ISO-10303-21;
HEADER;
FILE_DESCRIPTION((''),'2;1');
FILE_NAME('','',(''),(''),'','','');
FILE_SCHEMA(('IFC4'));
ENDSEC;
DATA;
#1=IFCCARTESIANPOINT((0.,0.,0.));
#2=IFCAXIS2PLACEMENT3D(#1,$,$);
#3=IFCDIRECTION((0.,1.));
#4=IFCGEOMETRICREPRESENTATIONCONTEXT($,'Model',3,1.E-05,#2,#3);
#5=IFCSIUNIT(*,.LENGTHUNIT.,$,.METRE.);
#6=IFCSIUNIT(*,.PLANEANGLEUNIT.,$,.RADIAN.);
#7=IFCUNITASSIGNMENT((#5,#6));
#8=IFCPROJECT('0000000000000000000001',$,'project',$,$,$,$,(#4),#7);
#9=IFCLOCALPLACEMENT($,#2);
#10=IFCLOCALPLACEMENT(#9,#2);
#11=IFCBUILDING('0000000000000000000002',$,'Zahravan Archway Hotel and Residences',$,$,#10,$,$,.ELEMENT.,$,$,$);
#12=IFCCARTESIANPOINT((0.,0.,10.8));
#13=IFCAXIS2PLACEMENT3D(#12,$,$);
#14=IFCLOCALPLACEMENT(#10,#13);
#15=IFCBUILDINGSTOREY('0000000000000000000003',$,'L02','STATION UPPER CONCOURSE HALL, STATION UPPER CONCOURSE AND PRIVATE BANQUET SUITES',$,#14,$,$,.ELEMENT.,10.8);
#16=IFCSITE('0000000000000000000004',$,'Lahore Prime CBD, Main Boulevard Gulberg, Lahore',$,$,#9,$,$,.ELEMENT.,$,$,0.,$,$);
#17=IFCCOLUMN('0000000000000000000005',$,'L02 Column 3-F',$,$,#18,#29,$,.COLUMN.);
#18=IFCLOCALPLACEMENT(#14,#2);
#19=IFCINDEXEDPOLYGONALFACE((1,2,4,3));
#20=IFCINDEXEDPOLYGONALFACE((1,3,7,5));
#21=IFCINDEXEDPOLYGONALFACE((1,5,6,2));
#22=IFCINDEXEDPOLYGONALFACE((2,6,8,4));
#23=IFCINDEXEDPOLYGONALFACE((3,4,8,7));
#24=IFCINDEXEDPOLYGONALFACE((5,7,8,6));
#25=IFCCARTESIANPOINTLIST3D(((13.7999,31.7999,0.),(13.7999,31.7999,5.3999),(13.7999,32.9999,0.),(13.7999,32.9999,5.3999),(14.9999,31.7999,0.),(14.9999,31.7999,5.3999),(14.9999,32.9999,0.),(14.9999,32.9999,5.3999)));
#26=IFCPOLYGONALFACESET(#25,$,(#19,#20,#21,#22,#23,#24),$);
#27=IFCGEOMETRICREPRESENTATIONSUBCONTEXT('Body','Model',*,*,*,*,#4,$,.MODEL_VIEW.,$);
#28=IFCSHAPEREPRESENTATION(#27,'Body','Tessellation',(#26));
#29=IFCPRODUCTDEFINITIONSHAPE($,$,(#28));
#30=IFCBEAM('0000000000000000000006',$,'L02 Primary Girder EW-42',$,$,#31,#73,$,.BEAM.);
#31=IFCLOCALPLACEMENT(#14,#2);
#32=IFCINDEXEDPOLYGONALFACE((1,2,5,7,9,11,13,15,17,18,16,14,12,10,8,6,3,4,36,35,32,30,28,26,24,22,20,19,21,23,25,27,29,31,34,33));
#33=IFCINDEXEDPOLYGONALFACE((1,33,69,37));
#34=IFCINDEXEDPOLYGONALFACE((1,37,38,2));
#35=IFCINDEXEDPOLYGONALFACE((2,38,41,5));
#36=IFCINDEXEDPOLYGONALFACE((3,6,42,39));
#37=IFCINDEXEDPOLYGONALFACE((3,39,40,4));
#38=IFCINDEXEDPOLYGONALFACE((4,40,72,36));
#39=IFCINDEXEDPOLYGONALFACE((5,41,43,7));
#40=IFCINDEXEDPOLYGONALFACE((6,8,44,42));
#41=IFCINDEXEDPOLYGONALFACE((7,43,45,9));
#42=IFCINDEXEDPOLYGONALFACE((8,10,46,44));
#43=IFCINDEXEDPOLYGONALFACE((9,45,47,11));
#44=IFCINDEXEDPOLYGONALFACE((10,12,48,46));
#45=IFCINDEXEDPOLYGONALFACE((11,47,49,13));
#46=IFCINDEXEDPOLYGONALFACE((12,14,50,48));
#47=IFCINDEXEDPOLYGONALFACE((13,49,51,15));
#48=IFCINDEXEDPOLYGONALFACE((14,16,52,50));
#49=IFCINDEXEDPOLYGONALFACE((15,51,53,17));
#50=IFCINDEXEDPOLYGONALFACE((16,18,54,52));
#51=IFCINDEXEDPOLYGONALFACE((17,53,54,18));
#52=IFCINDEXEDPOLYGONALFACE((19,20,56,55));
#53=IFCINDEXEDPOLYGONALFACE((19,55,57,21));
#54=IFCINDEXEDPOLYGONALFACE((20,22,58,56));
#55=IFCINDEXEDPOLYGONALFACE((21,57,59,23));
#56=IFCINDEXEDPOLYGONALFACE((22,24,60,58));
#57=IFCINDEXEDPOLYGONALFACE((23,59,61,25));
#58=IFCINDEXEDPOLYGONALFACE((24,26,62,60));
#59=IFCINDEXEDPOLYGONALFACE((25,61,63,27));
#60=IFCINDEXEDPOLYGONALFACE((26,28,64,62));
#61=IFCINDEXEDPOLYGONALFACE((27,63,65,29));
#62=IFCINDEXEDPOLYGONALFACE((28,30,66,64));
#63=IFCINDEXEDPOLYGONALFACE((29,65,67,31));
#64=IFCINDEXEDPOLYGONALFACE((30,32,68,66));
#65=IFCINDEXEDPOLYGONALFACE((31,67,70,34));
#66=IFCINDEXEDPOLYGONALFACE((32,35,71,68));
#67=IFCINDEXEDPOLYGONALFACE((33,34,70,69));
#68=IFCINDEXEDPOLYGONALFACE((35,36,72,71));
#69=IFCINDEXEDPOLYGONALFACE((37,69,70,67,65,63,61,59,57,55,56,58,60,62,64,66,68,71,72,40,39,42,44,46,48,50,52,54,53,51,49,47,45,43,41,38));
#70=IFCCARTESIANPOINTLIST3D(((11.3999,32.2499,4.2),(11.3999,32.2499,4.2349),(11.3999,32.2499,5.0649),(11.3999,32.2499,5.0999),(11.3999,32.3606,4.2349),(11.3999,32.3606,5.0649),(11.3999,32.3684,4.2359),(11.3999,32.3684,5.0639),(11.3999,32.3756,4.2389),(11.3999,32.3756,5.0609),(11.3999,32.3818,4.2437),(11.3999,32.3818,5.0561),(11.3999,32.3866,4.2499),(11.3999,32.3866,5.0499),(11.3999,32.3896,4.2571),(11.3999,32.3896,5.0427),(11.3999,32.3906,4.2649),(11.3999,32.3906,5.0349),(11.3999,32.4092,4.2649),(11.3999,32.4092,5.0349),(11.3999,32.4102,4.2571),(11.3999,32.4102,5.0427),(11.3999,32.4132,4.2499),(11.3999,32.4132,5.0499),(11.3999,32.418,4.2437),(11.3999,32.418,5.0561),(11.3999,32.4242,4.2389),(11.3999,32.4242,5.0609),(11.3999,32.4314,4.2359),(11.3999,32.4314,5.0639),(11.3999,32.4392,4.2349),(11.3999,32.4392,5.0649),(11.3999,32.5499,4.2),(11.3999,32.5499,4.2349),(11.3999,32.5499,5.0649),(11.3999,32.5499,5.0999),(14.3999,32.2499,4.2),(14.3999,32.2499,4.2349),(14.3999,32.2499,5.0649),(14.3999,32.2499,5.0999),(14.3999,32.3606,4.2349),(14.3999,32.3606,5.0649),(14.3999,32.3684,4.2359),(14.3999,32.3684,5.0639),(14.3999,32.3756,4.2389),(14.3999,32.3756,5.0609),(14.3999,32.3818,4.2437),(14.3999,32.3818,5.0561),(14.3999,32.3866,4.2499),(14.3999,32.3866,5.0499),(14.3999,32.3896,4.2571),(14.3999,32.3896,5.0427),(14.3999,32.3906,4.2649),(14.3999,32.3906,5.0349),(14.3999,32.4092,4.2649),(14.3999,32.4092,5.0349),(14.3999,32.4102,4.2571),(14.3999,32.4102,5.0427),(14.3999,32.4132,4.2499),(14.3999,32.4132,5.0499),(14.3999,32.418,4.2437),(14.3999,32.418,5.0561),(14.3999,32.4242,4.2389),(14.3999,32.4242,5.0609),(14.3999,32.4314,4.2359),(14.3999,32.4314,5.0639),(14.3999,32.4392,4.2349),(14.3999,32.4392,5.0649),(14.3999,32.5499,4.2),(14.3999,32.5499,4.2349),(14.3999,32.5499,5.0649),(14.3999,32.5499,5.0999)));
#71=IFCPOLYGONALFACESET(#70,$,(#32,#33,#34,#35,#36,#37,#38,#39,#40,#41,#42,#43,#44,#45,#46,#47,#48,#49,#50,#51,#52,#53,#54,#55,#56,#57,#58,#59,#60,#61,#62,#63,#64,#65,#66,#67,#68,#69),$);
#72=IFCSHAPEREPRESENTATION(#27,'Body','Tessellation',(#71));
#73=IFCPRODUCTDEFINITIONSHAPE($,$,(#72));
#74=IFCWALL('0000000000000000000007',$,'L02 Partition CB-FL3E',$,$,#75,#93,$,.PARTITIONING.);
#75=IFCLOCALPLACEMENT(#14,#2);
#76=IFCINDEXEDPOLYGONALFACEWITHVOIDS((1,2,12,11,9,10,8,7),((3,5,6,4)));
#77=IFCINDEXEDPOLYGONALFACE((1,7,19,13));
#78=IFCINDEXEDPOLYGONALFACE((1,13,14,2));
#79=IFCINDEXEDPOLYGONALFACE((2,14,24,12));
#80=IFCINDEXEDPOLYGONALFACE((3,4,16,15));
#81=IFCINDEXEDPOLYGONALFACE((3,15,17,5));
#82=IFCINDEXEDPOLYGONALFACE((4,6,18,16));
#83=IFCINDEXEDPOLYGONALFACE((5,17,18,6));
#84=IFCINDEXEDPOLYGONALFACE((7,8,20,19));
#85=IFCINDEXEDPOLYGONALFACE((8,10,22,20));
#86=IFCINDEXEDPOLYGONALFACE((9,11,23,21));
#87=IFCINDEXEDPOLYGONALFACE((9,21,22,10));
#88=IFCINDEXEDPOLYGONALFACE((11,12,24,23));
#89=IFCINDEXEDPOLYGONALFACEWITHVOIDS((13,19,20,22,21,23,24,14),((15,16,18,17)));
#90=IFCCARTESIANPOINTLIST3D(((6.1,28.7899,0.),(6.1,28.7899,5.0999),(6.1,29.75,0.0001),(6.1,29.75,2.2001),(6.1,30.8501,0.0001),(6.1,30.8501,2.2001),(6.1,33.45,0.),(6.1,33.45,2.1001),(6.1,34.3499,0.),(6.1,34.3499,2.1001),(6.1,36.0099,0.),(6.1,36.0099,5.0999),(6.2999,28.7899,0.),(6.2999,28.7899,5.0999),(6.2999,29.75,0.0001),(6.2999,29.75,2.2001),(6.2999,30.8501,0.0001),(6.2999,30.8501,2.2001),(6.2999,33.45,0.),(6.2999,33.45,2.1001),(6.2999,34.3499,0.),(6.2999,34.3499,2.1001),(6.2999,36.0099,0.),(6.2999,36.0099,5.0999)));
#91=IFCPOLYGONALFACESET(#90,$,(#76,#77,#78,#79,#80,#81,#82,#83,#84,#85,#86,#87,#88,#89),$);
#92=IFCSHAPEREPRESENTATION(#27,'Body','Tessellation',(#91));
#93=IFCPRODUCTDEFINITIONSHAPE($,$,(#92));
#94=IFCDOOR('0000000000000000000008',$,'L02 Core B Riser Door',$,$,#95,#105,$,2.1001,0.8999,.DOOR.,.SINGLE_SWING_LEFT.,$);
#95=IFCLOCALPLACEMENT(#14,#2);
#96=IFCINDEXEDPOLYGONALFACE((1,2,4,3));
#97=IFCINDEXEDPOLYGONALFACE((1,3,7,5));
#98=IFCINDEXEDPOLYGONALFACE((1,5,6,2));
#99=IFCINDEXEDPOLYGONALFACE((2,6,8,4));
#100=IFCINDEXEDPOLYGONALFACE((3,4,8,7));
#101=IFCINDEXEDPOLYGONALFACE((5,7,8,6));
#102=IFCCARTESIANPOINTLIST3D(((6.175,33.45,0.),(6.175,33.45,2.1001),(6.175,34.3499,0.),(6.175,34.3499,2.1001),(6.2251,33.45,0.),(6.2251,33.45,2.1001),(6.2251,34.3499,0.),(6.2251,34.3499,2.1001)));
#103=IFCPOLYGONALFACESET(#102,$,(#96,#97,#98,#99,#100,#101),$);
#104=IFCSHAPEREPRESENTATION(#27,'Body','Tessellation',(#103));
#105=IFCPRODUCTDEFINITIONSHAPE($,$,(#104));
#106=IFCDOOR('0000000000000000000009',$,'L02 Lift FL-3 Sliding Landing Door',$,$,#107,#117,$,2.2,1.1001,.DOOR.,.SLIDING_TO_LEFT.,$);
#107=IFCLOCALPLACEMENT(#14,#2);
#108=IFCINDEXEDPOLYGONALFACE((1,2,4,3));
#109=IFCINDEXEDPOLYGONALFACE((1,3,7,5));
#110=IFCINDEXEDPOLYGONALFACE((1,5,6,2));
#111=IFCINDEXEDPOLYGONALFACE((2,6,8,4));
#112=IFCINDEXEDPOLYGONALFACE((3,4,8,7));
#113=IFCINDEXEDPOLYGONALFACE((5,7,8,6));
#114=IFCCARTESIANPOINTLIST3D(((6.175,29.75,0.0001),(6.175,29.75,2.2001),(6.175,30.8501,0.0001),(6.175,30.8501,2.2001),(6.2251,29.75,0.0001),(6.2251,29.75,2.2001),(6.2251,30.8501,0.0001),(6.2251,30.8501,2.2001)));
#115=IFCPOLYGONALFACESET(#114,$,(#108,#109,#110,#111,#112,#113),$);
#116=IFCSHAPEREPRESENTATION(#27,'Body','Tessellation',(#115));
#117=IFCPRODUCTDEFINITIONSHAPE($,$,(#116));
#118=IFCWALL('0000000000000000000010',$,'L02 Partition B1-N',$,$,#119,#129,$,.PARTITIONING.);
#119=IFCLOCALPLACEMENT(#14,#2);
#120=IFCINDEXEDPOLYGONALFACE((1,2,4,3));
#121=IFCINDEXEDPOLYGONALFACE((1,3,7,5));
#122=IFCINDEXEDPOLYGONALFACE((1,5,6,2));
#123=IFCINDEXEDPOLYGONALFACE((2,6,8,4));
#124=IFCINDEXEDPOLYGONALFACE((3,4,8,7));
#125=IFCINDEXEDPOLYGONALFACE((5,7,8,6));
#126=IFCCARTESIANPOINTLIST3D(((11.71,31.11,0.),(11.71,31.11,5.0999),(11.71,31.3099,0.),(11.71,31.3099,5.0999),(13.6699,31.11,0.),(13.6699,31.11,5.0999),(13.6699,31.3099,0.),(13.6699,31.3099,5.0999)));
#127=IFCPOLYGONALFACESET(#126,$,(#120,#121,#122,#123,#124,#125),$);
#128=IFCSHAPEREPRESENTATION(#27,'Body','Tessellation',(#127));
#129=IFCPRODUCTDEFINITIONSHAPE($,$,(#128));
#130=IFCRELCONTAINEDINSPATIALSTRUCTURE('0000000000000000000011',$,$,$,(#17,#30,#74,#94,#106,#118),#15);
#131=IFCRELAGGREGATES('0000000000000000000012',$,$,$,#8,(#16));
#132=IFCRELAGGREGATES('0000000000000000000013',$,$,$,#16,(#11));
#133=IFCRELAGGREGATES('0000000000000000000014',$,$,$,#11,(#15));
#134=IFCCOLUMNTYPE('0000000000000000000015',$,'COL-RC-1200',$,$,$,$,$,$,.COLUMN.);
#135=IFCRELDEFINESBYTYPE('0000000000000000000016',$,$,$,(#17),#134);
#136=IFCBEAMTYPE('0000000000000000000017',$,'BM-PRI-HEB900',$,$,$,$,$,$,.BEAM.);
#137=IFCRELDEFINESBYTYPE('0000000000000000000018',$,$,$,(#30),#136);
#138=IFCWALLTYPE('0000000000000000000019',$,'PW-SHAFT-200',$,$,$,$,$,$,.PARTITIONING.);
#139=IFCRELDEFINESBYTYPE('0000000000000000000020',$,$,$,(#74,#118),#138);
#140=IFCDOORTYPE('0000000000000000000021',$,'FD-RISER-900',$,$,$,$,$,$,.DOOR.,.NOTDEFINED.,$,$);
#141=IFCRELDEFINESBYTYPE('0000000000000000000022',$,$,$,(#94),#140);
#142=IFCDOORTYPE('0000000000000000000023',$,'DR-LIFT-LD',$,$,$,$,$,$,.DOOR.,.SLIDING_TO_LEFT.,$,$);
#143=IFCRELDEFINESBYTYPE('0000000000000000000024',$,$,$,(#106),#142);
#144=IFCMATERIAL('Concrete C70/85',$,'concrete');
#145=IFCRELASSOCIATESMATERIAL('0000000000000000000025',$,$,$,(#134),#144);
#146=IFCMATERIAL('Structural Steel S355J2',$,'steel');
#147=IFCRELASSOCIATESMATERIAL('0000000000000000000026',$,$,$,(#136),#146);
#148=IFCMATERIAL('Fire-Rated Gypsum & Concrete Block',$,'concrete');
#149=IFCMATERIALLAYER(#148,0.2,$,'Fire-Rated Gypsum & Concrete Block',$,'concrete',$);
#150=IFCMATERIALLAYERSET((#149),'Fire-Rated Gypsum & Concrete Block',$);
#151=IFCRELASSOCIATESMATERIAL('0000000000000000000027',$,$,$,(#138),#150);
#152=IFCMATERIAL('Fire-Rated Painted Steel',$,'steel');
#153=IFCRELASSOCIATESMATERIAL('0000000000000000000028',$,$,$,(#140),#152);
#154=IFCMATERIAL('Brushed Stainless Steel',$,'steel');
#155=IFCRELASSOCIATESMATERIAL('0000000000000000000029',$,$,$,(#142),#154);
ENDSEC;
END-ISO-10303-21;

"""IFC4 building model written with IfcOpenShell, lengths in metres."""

from ifc_helpers import new_model, si_unit, direction, frame, frame_2d, origin, origin_2d, place, context, subcontext, project, spatial, rectangle, i_section, extrude, source, transform, mapped, material, layer, layer_set, material_profile, profile_set, type_object, type_shapes, element, fill, save


model = new_model("IFC4")

# Units and contexts
model_context = context("Model", 3, precision=1e-05, world=origin(), true_north=direction((0.0, 1.0)))
body_context = subcontext(model_context, "Body", "Model", "MODEL_VIEW")
ifc_project = project(units=[si_unit("LENGTHUNIT", "METRE"), si_unit("PLANEANGLEUNIT", "RADIAN")], contexts=[model_context])

# Site, building, storey
site_placement = place(None, origin())
site = spatial("IfcSite", under=ifc_project, at=site_placement, Name="Lahore Prime CBD, Main Boulevard Gulberg, Lahore", CompositionType="ELEMENT", RefElevation=0.0)
building_placement = place(site_placement, origin())
building = spatial("IfcBuilding", under=site, at=building_placement, Name="Zahravan Archway Hotel and Residences", CompositionType="ELEMENT")
storey_placement = place(building_placement, frame((0.0, 0.0, 10.8)))
storey = spatial("IfcBuildingStorey", under=building, at=storey_placement, Name="L02", Description="STATION UPPER CONCOURSE HALL, STATION UPPER CONCOURSE AND PRIVATE BANQUET SUITES", CompositionType="ELEMENT", Elevation=10.8)

# Column
ifc_material_1 = material(Name="Concrete C70/85", Category="concrete")
ifc_material_profile_1 = material_profile(ifc_material_1, rectangle(XDim=1.2, YDim=1.2, at=origin_2d()), Name="RC-COL-1200x1200", Category="concrete")
ifc_profile_set_1 = profile_set([ifc_material_profile_1], Name="Concrete C70/85")
column_type = type_object("IfcColumnType", Name="COL-RC-1200", PredefinedType="COLUMN", material=ifc_profile_set_1)
shared_shape_1 = source(origin(), body_context, "Body", "SweptSolid", [
    extrude(rectangle(XDim=1.2, YDim=1.2, at=origin_2d()), origin(), (0.0, 0.0, 1.0), 5.3999),
])
column_placement = place(storey_placement, frame((14.3999, 32.3999, 0.0), z_axis=(0.0, 0.0, 1.0), x_axis=(1.0, 0.0, 0.0)))
element("IfcColumn", 1, at=column_placement, inside=storey, type_object=column_type, Name="L02 Column 3-F", PredefinedType="COLUMN", context=body_context, shape_type="MappedRepresentation", body=[
    mapped(shared_shape_1, transform((0.0, 0.0, 0.0), scale=1.0)),
])

# Beam
ifc_material_2 = material(Name="Structural Steel S355J2", Category="steel")
ifc_material_profile_2 = material_profile(ifc_material_2, i_section(OverallWidth=0.3, OverallDepth=0.8999, WebThickness=0.0186, FlangeThickness=0.0349, FilletRadius=0.03, at=origin_2d()), Name="HEB 900", Category="steel")
ifc_profile_set_2 = profile_set([ifc_material_profile_2], Name="Structural Steel S355J2")
beam_type = type_object("IfcBeamType", Name="BM-PRI-HEB900", PredefinedType="BEAM", material=ifc_profile_set_2)
shared_shape_2 = source(origin(), body_context, "Body", "SweptSolid", [
    extrude(i_section(OverallWidth=0.3, OverallDepth=0.8999, WebThickness=0.0186, FlangeThickness=0.0349, FilletRadius=0.03, at=origin_2d()), origin(), (0.0, 0.0, 1.0), 3.0),
])
beam_placement = place(storey_placement, frame((11.3999, 32.3999, 4.6499), z_axis=(1.0, 0.0, 0.0), x_axis=(0.0, 1.0, 0.0)))
element("IfcBeam", 2, at=beam_placement, inside=storey, type_object=beam_type, Name="L02 Primary Girder EW-42", PredefinedType="BEAM", context=body_context, shape_type="MappedRepresentation", body=[
    mapped(shared_shape_2, transform((0.0, 0.0, 0.0), scale=1.0)),
])

# Wall, openings, doors
ifc_material_3 = material(Name="Fire-Rated Gypsum & Concrete Block", Category="concrete")
ifc_layer_1 = layer(ifc_material_3, 0.2, Name="Fire-Rated Gypsum & Concrete Block", Category="concrete")
ifc_layer_set_1 = layer_set([ifc_layer_1], Name="Fire-Rated Gypsum & Concrete Block")
wall_type_1 = type_object("IfcWallType", Name="PW-SHAFT-200", PredefinedType="PARTITIONING", material=ifc_layer_set_1)
wall_1_placement = place(storey_placement, frame((6.2, 28.79, 0.0), z_axis=(0.0, 0.0, 1.0), x_axis=(0.0, 1.0, 0.0)))
wall_1 = element("IfcWall", 3, at=wall_1_placement, inside=storey, type_object=wall_type_1, Name="L02 Partition CB-FL3E", PredefinedType="PARTITIONING", context=body_context, shape_type="SweptSolid", body=[
    extrude(rectangle(XDim=7.22, YDim=0.2, at=frame_2d((3.6099, 0.0))), origin(), (0.0, 0.0, 1.0), 5.0999),
])
opening_1_placement = place(wall_1_placement, frame((4.6599, 0.0, 0.0)))
opening_1 = element("IfcOpeningElement", 4, at=opening_1_placement, cuts=wall_1, PredefinedType="OPENING", context=body_context, shape_type="SweptSolid", body=[
    extrude(rectangle(XDim=0.8999, YDim=2.1001, at=frame_2d((0.45, 1.05))), frame((0.0, 0.1099, 0.0), z_axis=(0.0, -1.0, 0.0), x_axis=(1.0, 0.0, 0.0)), (0.0, 0.0, 1.0), 0.22),
])
opening_2_placement = place(wall_1_placement, frame((0.96, 0.0, 0.0)))
opening_2 = element("IfcOpeningElement", 5, at=opening_2_placement, cuts=wall_1, PredefinedType="OPENING", context=body_context, shape_type="SweptSolid", body=[
    extrude(rectangle(XDim=1.1001, YDim=2.2, at=frame_2d((0.55, 1.1001))), frame((0.0, 0.1099, 0.0), z_axis=(0.0, -1.0, 0.0), x_axis=(1.0, 0.0, 0.0)), (0.0, 0.0, 1.0), 0.22),
])
ifc_material_4 = material(Name="Fire-Rated Painted Steel", Category="steel")
door_type_1 = type_object("IfcDoorType", Name="FD-RISER-900", OperationType="NOTDEFINED", PredefinedType="DOOR", material=ifc_material_4)
shared_shape_3 = source(origin(), body_context, "Body", "SweptSolid", [
    extrude(rectangle(XDim=0.8999, YDim=2.1001, at=frame_2d((0.45, 1.05))), frame((0.0, 0.0249, 0.0), z_axis=(0.0, -1.0, 0.0), x_axis=(1.0, 0.0, 0.0)), (0.0, 0.0, 1.0), 0.05),
])
type_shapes(door_type_1, [shared_shape_3])
door_1_placement = place(opening_1_placement, origin())
door_1 = element("IfcDoor", 6, at=door_1_placement, inside=storey, type_object=door_type_1, Name="L02 Core B Riser Door", OperationType="SINGLE_SWING_LEFT", OverallHeight=2.1001, OverallWidth=0.8999, PredefinedType="DOOR", context=body_context, shape_type="MappedRepresentation", body=[
    mapped(shared_shape_3, transform((0.0, 0.0, 0.0), scale=1.0)),
])
fill(opening_1, door_1)
ifc_material_5 = material(Name="Brushed Stainless Steel", Category="steel")
door_type_2 = type_object("IfcDoorType", Name="DR-LIFT-LD", OperationType="SLIDING_TO_LEFT", PredefinedType="DOOR", material=ifc_material_5)
shared_shape_4 = source(origin(), body_context, "Body", "SweptSolid", [
    extrude(rectangle(XDim=1.1001, YDim=2.2, at=frame_2d((0.55, 1.1001))), frame((0.0, 0.0249, 0.0), z_axis=(0.0, -1.0, 0.0), x_axis=(1.0, 0.0, 0.0)), (0.0, 0.0, 1.0), 0.05),
])
type_shapes(door_type_2, [shared_shape_4])
door_2_placement = place(opening_2_placement, origin())
door_2 = element("IfcDoor", 7, at=door_2_placement, inside=storey, type_object=door_type_2, Name="L02 Lift FL-3 Sliding Landing Door", OperationType="SLIDING_TO_LEFT", OverallHeight=2.2, OverallWidth=1.1001, PredefinedType="DOOR", context=body_context, shape_type="MappedRepresentation", body=[
    mapped(shared_shape_4, transform((0.0, 0.0, 0.0), scale=1.0)),
])
fill(opening_2, door_2)

# Wall
wall_2_placement = place(storey_placement, frame((11.71, 31.21, 0.0), z_axis=(0.0, 0.0, 1.0), x_axis=(1.0, 0.0, 0.0)))
element("IfcWall", 8, at=wall_2_placement, inside=storey, type_object=wall_type_1, Name="L02 Partition B1-N", PredefinedType="PARTITIONING", context=body_context, shape_type="SweptSolid", body=[
    extrude(rectangle(XDim=1.96, YDim=0.2, at=frame_2d((0.98, 0.0))), origin(), (0.0, 0.0, 1.0), 5.0999),
])

save(model, "model.ifc")
